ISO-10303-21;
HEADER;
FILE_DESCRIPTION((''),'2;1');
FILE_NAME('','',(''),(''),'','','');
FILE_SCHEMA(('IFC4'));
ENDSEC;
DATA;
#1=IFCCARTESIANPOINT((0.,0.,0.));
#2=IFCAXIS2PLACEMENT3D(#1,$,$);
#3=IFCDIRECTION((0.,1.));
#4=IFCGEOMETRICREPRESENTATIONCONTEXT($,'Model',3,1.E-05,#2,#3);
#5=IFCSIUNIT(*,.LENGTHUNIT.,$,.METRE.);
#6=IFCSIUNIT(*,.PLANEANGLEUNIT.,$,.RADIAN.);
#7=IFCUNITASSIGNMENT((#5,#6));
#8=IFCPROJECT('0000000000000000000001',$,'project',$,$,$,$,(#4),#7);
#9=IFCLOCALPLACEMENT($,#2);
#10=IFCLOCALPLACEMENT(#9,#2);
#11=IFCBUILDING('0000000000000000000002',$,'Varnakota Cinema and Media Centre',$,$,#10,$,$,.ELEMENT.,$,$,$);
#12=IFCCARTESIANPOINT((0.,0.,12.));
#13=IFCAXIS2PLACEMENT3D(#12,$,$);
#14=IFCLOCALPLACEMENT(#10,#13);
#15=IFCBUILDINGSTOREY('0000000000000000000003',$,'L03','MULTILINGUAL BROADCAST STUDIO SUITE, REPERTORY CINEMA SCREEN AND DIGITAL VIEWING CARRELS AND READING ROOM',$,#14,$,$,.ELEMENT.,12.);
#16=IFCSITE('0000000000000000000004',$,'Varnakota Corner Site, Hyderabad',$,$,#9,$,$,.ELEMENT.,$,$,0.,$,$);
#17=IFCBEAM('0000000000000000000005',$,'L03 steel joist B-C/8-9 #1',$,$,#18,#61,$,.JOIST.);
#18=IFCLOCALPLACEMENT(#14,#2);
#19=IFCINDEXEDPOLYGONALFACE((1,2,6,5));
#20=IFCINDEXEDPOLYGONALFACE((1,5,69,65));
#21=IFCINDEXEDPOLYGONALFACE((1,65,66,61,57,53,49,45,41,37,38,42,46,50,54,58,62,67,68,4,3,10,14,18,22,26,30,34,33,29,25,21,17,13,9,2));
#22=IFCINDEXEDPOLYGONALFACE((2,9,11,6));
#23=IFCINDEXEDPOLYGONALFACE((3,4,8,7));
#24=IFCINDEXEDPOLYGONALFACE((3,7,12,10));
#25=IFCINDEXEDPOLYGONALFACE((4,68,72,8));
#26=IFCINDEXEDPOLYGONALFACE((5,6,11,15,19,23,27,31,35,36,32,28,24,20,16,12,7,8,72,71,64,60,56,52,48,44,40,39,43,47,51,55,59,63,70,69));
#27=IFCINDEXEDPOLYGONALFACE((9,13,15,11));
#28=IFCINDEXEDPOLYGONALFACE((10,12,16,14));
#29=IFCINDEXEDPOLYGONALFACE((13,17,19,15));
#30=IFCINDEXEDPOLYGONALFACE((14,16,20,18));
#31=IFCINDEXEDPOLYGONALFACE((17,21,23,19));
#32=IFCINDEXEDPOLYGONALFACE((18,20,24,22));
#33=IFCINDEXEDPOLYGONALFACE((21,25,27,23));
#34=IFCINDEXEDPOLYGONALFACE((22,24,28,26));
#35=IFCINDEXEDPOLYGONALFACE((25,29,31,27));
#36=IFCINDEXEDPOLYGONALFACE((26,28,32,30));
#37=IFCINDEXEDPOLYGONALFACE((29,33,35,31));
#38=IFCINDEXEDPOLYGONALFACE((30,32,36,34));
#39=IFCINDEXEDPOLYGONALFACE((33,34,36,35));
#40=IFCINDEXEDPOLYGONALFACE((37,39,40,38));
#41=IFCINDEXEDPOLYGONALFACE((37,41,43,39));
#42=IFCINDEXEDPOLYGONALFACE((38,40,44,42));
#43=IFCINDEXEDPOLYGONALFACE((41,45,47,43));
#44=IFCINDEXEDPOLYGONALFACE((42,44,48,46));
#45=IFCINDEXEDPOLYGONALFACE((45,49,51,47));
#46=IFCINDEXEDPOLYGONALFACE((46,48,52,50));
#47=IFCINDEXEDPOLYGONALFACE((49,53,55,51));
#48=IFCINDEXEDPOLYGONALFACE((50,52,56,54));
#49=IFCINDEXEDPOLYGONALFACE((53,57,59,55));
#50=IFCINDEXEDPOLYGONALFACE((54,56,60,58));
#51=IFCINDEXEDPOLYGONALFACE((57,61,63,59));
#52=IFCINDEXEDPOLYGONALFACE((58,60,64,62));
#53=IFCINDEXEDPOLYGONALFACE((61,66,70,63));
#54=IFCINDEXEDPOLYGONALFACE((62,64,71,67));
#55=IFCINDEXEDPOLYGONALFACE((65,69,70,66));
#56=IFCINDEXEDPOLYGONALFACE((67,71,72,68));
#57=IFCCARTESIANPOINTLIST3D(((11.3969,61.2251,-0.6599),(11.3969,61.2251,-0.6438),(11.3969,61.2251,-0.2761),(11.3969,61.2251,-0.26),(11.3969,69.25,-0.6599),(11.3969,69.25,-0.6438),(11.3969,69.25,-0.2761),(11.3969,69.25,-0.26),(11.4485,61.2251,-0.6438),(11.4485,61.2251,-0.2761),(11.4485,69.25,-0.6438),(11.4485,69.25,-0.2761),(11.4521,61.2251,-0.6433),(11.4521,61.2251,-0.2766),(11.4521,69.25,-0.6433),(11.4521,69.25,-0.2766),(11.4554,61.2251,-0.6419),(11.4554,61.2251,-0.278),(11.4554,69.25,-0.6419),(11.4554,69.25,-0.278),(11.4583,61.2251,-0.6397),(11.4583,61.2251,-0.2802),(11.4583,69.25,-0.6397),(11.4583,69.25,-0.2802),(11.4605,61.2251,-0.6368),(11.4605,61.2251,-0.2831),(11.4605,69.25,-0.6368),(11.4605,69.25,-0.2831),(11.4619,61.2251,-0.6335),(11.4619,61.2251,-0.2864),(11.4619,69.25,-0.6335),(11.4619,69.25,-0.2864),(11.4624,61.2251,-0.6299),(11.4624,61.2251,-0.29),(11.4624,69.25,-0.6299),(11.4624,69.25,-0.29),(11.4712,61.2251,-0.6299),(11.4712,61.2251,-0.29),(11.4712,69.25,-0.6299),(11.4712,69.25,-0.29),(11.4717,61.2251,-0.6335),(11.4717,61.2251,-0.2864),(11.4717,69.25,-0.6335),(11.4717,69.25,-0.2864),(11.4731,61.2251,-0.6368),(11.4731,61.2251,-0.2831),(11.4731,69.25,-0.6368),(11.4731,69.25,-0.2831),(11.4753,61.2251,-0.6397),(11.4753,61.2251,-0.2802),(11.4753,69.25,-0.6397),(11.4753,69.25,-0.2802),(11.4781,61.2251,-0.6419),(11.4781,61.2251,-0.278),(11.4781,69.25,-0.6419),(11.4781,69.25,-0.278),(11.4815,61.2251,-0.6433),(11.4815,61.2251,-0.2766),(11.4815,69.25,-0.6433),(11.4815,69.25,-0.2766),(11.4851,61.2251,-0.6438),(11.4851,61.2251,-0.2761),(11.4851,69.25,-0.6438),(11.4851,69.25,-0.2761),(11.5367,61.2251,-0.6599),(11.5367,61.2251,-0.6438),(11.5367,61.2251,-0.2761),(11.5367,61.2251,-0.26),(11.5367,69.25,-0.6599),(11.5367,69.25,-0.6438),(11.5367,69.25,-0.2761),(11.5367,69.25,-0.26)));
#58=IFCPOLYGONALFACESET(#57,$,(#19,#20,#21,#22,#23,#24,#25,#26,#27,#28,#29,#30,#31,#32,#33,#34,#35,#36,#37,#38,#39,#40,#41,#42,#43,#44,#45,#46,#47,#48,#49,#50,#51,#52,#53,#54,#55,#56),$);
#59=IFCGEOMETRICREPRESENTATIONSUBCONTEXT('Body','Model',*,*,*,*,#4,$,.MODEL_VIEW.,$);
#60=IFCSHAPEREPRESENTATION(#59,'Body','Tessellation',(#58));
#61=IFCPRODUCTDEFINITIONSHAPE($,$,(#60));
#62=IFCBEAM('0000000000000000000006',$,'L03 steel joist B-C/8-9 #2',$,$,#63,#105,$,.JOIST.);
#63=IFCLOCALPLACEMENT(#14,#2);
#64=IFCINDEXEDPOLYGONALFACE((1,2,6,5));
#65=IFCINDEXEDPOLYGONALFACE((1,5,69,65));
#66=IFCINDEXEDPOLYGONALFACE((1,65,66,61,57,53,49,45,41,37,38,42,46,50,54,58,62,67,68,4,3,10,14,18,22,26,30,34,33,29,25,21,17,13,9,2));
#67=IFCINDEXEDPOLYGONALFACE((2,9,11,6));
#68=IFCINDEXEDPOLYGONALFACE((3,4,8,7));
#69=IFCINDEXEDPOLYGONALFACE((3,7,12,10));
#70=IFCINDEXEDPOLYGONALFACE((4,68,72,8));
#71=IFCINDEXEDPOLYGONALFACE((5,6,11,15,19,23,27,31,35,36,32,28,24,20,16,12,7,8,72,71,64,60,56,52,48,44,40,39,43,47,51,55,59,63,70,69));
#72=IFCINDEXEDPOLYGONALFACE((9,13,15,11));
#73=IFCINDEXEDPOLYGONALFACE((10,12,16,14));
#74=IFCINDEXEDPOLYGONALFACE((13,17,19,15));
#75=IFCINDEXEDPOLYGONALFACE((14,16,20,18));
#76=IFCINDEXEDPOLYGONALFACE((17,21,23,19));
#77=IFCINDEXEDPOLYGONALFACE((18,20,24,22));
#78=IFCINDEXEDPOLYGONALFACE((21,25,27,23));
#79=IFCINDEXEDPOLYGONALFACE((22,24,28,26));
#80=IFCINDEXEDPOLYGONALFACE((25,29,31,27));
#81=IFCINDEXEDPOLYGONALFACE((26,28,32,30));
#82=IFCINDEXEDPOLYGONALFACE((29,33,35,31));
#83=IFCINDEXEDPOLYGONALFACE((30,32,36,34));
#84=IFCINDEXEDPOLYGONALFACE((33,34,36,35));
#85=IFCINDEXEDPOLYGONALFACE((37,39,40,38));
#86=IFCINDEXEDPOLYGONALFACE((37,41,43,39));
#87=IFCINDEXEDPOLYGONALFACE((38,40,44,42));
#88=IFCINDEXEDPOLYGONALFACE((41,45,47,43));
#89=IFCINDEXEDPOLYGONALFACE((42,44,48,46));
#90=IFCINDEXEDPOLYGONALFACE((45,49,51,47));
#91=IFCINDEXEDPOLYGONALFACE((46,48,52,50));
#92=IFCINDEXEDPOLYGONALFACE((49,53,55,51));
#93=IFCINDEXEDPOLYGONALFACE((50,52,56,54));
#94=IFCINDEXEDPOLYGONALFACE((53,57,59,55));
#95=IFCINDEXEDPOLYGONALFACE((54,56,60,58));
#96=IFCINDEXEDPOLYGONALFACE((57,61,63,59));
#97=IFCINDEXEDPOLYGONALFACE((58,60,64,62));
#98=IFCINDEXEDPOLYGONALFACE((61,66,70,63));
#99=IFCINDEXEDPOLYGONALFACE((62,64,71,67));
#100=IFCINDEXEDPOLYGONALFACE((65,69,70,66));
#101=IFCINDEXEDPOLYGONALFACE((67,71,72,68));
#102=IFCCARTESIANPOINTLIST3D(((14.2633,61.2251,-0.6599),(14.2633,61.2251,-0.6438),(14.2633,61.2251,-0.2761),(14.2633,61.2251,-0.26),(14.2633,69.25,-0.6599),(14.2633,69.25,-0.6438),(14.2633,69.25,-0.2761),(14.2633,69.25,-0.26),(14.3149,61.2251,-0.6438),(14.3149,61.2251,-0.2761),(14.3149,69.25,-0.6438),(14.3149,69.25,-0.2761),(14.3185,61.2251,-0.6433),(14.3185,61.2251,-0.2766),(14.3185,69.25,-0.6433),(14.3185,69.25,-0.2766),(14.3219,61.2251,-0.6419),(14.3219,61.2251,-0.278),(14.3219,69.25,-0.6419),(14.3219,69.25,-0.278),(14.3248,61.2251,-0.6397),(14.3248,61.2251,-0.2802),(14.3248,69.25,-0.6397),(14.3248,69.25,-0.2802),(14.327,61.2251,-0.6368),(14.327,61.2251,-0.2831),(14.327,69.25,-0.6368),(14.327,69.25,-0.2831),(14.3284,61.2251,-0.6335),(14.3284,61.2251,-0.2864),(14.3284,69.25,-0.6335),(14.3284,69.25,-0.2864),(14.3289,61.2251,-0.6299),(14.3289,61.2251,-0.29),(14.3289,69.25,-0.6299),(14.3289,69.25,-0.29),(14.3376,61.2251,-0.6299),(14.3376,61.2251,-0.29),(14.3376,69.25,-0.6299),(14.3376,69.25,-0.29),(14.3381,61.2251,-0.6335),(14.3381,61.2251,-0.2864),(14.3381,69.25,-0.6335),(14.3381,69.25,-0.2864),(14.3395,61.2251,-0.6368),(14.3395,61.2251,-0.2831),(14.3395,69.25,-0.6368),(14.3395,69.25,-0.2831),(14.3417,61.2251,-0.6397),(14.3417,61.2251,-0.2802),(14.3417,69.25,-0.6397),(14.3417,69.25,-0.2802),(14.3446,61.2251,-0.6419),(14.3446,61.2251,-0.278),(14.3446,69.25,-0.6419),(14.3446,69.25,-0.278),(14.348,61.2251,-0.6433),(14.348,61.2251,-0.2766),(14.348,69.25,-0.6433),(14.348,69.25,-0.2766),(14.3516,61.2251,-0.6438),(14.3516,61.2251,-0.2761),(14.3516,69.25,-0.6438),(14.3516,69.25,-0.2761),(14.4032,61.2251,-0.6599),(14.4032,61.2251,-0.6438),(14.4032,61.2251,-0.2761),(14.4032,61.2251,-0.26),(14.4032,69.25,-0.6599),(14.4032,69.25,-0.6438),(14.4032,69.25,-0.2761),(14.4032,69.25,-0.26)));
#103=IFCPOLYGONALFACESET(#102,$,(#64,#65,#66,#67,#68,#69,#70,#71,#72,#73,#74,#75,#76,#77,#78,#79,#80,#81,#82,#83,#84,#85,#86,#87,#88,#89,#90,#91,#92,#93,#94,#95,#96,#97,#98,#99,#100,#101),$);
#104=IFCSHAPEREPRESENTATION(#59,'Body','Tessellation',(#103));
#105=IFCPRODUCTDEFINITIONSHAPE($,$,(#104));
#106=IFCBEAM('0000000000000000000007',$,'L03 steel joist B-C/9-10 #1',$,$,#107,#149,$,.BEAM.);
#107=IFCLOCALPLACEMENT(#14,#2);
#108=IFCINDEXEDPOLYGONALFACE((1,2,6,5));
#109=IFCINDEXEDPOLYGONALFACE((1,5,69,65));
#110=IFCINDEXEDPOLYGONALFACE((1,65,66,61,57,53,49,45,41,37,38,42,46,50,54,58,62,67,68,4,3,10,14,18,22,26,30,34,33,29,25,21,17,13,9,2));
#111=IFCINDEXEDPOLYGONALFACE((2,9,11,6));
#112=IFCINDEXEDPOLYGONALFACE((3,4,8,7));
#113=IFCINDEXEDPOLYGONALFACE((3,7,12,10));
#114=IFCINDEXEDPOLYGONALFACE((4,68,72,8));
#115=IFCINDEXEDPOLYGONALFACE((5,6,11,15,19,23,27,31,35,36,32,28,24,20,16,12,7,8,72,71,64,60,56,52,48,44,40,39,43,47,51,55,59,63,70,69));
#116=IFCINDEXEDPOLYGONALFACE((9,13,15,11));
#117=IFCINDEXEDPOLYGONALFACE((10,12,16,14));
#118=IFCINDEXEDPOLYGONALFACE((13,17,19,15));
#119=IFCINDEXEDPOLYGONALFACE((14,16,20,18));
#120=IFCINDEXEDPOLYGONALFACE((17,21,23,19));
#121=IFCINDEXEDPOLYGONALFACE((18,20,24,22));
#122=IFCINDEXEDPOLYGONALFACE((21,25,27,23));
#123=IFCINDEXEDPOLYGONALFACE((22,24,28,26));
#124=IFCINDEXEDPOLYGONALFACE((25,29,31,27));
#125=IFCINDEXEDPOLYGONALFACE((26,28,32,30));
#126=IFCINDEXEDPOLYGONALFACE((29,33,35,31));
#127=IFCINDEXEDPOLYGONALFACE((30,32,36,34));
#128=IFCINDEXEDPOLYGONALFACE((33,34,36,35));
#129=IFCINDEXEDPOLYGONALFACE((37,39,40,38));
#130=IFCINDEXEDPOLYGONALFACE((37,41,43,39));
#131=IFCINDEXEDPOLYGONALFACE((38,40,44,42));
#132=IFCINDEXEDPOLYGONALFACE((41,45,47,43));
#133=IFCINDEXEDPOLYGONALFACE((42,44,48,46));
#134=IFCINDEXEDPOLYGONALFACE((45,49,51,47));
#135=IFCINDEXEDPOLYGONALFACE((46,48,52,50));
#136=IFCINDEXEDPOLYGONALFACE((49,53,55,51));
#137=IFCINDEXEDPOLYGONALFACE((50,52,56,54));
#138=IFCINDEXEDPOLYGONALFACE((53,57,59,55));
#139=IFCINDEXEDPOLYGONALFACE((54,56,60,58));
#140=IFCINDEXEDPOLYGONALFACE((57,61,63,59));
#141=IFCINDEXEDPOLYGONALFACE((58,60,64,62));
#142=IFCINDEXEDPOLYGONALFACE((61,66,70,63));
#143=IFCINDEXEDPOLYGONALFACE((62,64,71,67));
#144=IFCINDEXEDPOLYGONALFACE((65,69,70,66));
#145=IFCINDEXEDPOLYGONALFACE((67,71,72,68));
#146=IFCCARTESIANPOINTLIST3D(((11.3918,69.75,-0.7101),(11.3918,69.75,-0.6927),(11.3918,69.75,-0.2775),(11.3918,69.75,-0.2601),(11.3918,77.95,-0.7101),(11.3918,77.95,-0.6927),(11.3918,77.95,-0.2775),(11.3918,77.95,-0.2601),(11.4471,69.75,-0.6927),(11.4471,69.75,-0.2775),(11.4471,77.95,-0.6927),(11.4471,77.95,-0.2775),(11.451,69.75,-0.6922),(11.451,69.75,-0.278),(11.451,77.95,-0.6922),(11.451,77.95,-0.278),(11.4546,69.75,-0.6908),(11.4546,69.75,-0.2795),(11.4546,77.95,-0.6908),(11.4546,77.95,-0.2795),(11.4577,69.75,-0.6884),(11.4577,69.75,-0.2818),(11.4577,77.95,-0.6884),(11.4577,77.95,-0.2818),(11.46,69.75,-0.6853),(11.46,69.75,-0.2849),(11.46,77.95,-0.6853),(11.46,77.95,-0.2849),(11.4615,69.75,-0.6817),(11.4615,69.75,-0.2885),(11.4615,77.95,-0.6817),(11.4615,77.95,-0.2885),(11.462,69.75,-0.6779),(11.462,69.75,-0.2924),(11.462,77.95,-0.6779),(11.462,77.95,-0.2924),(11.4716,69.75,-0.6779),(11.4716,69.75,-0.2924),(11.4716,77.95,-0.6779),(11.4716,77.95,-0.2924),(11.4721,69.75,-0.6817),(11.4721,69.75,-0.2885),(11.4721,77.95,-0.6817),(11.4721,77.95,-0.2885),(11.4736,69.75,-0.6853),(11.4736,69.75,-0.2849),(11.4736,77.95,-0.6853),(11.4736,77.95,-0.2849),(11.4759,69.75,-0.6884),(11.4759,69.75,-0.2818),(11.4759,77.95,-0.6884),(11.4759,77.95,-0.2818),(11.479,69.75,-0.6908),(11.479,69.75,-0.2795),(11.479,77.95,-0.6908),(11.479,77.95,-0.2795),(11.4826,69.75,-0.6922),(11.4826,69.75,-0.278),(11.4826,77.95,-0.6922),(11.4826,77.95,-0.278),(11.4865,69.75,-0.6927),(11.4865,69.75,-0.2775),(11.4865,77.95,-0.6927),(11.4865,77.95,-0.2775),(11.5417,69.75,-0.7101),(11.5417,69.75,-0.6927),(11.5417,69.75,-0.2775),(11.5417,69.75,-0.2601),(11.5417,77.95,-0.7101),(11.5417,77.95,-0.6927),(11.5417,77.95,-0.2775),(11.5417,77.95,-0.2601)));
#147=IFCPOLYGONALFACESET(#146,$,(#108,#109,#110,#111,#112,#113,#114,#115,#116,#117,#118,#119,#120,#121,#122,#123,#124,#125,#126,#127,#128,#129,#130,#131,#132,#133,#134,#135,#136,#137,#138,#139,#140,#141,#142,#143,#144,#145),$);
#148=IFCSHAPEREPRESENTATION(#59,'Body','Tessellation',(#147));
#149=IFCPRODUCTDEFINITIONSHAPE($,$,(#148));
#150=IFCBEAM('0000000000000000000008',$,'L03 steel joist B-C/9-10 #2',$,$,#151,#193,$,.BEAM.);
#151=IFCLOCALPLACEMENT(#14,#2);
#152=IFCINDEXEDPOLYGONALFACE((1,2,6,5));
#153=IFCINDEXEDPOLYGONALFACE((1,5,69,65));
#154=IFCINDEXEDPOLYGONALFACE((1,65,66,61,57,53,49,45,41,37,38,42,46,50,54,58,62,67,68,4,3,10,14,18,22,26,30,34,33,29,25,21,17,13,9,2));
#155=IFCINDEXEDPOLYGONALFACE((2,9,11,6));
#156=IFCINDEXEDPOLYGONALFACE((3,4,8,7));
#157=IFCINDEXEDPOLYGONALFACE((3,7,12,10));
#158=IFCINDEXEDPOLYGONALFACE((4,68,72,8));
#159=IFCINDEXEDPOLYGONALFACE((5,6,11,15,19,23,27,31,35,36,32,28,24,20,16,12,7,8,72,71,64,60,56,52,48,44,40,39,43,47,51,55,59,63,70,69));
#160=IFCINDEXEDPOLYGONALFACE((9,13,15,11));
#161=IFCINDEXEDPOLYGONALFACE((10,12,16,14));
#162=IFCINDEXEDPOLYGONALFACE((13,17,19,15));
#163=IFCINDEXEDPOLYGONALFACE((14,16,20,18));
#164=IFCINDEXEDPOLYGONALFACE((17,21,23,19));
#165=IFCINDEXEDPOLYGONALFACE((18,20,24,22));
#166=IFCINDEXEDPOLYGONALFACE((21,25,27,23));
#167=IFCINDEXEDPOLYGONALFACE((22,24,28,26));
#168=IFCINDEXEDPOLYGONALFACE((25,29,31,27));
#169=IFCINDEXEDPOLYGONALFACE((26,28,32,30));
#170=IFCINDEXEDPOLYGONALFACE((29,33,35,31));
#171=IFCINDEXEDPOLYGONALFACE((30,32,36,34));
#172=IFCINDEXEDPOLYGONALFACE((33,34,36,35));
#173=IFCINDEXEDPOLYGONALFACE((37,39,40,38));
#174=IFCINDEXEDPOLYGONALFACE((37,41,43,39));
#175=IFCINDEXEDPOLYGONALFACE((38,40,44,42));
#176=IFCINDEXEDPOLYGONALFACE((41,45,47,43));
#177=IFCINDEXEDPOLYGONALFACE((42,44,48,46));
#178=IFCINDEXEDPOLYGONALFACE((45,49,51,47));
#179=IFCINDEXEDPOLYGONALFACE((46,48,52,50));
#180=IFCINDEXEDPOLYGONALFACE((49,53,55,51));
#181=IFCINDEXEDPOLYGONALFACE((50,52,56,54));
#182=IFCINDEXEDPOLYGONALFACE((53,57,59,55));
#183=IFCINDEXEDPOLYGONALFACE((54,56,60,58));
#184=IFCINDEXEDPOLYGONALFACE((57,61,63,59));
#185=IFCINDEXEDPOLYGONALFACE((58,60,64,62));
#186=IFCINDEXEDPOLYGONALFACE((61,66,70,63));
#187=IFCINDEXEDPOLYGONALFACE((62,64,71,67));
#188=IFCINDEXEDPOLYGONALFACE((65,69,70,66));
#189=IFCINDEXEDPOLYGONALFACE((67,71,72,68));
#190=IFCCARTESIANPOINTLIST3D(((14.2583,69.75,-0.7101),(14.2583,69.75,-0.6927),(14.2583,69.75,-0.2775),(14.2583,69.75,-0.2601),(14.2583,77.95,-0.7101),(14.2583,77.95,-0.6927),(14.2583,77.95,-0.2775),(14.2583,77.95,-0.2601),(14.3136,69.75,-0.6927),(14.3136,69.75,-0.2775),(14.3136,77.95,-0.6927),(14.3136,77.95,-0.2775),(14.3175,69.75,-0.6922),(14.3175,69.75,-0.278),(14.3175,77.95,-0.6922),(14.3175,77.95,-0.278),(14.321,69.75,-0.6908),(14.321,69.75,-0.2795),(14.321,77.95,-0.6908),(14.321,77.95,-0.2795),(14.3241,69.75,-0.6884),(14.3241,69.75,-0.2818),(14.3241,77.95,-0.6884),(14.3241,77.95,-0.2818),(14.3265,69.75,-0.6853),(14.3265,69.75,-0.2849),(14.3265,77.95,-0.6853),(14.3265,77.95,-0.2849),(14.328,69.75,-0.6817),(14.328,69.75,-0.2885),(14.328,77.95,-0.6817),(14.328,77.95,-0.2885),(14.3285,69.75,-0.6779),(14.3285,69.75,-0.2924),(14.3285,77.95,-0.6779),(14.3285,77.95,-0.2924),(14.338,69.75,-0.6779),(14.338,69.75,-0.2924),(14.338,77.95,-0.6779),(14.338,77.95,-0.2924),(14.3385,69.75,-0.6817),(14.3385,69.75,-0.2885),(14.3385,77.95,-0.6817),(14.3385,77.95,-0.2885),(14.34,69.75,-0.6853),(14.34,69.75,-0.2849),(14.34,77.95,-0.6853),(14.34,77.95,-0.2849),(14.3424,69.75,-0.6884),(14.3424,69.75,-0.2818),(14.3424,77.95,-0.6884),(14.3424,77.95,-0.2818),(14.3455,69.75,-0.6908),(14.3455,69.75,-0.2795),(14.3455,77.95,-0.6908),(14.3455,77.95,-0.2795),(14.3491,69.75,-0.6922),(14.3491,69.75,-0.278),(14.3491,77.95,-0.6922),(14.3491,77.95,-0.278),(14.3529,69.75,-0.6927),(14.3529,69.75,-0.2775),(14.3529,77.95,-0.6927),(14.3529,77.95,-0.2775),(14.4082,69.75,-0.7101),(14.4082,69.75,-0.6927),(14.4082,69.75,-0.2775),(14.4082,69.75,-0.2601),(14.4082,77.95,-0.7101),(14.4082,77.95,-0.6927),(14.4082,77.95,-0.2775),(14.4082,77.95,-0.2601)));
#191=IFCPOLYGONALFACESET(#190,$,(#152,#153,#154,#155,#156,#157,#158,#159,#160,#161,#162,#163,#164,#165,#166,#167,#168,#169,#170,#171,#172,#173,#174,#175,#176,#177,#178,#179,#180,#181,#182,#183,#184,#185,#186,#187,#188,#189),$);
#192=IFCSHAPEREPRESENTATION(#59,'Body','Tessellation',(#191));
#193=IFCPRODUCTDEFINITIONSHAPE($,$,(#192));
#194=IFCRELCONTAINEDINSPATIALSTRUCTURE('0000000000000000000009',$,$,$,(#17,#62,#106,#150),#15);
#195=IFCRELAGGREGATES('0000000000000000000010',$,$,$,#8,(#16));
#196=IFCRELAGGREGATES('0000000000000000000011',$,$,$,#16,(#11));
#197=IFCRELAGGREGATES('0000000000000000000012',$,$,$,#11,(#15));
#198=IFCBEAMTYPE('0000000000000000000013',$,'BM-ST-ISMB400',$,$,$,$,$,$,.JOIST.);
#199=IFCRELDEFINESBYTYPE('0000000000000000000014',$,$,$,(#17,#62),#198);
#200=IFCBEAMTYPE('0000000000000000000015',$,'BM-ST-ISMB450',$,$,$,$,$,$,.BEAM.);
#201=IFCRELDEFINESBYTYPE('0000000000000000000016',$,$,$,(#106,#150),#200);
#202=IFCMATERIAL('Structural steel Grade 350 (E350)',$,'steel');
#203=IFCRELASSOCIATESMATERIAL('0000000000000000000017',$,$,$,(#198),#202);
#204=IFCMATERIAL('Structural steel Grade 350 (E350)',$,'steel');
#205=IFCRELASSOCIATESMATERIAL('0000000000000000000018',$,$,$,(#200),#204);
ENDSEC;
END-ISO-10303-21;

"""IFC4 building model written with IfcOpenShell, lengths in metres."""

from ifc_helpers import new_model, si_unit, direction, frame, origin, origin_2d, place, context, subcontext, project, spatial, i_section, extrude, material, material_profile, profile_set, type_object, element, save


model = new_model("IFC4")

# Units and contexts
model_context = context("Model", 3, precision=1e-05, world=origin(), true_north=direction((0.0, 1.0)))
body_context = subcontext(model_context, "Body", "Model", "MODEL_VIEW")
ifc_project = project(units=[si_unit("LENGTHUNIT", "METRE"), si_unit("PLANEANGLEUNIT", "RADIAN")], contexts=[model_context])

# Site, building, storey
site_placement = place(None, origin())
site = spatial("IfcSite", under=ifc_project, at=site_placement, Name="Varnakota Corner Site, Hyderabad", CompositionType="ELEMENT", RefElevation=0.0)
building_placement = place(site_placement, origin())
building = spatial("IfcBuilding", under=site, at=building_placement, Name="Varnakota Cinema and Media Centre", CompositionType="ELEMENT")
storey_placement = place(building_placement, frame((0.0, 0.0, 12.0)))
storey = spatial("IfcBuildingStorey", under=building, at=storey_placement, Name="L03", Description="MULTILINGUAL BROADCAST STUDIO SUITE, REPERTORY CINEMA SCREEN AND DIGITAL VIEWING CARRELS AND READING ROOM", CompositionType="ELEMENT", Elevation=12.0)

# Beams
ifc_material_1 = material(Name="Structural steel Grade 350 (E350)", Category="steel")
ifc_material_profile_1 = material_profile(ifc_material_1, i_section(OverallWidth=0.1399, OverallDepth=0.3999, WebThickness=0.0088, FlangeThickness=0.0161, FilletRadius=0.0139, at=origin_2d()), Name="ISMB 400")
ifc_profile_set_1 = profile_set([ifc_material_profile_1], Name="Structural steel Grade 350 (E350)")
beam_type_1 = type_object("IfcBeamType", Name="BM-ST-ISMB400", PredefinedType="JOIST", material=ifc_profile_set_1)
for number, where, z_axis, x_axis, name in (
    (1, (11.4668, 61.2251, -0.46), (0.0, 1.0, 0.0), (-1.0, 0.0, 0.0), "L03 steel joist B-C/8-9 #1"),
    (2, (14.3333, 61.2251, -0.46), (0.0, 1.0, 0.0), (-1.0, 0.0, 0.0), "L03 steel joist B-C/8-9 #2"),
):
    element("IfcBeam", number, at=place(storey_placement, frame(where, z_axis=z_axis, x_axis=x_axis)), inside=storey, type_object=beam_type_1, Name=name, PredefinedType="JOIST", context=body_context, shape_type="SweptSolid", body=[
        extrude(i_section(OverallWidth=0.1399, OverallDepth=0.3999, WebThickness=0.0088, FlangeThickness=0.0161, FilletRadius=0.0139, at=origin_2d()), origin(), (0.0, 0.0, 1.0), 8.0249),
    ])
ifc_material_2 = material(Name="Structural steel Grade 350 (E350)", Category="steel")
ifc_material_profile_2 = material_profile(ifc_material_2, i_section(OverallWidth=0.1499, OverallDepth=0.45, WebThickness=0.0095, FlangeThickness=0.0173, FilletRadius=0.0149, at=origin_2d()), Name="ISMB 450")
ifc_profile_set_2 = profile_set([ifc_material_profile_2], Name="Structural steel Grade 350 (E350)")
beam_type_2 = type_object("IfcBeamType", Name="BM-ST-ISMB450", PredefinedType="BEAM", material=ifc_profile_set_2)
for number, where, z_axis, x_axis, name in (
    (3, (11.4668, 69.75, -0.4851), (0.0, 1.0, 0.0), (-1.0, 0.0, 0.0), "L03 steel joist B-C/9-10 #1"),
    (4, (14.3333, 69.75, -0.4851), (0.0, 1.0, 0.0), (-1.0, 0.0, 0.0), "L03 steel joist B-C/9-10 #2"),
):
    element("IfcBeam", number, at=place(storey_placement, frame(where, z_axis=z_axis, x_axis=x_axis)), inside=storey, type_object=beam_type_2, Name=name, PredefinedType="BEAM", context=body_context, shape_type="SweptSolid", body=[
        extrude(i_section(OverallWidth=0.1499, OverallDepth=0.45, WebThickness=0.0095, FlangeThickness=0.0173, FilletRadius=0.0149, at=origin_2d()), origin(), (0.0, 0.0, 1.0), 8.2),
    ])

save(model, "model.ifc")
